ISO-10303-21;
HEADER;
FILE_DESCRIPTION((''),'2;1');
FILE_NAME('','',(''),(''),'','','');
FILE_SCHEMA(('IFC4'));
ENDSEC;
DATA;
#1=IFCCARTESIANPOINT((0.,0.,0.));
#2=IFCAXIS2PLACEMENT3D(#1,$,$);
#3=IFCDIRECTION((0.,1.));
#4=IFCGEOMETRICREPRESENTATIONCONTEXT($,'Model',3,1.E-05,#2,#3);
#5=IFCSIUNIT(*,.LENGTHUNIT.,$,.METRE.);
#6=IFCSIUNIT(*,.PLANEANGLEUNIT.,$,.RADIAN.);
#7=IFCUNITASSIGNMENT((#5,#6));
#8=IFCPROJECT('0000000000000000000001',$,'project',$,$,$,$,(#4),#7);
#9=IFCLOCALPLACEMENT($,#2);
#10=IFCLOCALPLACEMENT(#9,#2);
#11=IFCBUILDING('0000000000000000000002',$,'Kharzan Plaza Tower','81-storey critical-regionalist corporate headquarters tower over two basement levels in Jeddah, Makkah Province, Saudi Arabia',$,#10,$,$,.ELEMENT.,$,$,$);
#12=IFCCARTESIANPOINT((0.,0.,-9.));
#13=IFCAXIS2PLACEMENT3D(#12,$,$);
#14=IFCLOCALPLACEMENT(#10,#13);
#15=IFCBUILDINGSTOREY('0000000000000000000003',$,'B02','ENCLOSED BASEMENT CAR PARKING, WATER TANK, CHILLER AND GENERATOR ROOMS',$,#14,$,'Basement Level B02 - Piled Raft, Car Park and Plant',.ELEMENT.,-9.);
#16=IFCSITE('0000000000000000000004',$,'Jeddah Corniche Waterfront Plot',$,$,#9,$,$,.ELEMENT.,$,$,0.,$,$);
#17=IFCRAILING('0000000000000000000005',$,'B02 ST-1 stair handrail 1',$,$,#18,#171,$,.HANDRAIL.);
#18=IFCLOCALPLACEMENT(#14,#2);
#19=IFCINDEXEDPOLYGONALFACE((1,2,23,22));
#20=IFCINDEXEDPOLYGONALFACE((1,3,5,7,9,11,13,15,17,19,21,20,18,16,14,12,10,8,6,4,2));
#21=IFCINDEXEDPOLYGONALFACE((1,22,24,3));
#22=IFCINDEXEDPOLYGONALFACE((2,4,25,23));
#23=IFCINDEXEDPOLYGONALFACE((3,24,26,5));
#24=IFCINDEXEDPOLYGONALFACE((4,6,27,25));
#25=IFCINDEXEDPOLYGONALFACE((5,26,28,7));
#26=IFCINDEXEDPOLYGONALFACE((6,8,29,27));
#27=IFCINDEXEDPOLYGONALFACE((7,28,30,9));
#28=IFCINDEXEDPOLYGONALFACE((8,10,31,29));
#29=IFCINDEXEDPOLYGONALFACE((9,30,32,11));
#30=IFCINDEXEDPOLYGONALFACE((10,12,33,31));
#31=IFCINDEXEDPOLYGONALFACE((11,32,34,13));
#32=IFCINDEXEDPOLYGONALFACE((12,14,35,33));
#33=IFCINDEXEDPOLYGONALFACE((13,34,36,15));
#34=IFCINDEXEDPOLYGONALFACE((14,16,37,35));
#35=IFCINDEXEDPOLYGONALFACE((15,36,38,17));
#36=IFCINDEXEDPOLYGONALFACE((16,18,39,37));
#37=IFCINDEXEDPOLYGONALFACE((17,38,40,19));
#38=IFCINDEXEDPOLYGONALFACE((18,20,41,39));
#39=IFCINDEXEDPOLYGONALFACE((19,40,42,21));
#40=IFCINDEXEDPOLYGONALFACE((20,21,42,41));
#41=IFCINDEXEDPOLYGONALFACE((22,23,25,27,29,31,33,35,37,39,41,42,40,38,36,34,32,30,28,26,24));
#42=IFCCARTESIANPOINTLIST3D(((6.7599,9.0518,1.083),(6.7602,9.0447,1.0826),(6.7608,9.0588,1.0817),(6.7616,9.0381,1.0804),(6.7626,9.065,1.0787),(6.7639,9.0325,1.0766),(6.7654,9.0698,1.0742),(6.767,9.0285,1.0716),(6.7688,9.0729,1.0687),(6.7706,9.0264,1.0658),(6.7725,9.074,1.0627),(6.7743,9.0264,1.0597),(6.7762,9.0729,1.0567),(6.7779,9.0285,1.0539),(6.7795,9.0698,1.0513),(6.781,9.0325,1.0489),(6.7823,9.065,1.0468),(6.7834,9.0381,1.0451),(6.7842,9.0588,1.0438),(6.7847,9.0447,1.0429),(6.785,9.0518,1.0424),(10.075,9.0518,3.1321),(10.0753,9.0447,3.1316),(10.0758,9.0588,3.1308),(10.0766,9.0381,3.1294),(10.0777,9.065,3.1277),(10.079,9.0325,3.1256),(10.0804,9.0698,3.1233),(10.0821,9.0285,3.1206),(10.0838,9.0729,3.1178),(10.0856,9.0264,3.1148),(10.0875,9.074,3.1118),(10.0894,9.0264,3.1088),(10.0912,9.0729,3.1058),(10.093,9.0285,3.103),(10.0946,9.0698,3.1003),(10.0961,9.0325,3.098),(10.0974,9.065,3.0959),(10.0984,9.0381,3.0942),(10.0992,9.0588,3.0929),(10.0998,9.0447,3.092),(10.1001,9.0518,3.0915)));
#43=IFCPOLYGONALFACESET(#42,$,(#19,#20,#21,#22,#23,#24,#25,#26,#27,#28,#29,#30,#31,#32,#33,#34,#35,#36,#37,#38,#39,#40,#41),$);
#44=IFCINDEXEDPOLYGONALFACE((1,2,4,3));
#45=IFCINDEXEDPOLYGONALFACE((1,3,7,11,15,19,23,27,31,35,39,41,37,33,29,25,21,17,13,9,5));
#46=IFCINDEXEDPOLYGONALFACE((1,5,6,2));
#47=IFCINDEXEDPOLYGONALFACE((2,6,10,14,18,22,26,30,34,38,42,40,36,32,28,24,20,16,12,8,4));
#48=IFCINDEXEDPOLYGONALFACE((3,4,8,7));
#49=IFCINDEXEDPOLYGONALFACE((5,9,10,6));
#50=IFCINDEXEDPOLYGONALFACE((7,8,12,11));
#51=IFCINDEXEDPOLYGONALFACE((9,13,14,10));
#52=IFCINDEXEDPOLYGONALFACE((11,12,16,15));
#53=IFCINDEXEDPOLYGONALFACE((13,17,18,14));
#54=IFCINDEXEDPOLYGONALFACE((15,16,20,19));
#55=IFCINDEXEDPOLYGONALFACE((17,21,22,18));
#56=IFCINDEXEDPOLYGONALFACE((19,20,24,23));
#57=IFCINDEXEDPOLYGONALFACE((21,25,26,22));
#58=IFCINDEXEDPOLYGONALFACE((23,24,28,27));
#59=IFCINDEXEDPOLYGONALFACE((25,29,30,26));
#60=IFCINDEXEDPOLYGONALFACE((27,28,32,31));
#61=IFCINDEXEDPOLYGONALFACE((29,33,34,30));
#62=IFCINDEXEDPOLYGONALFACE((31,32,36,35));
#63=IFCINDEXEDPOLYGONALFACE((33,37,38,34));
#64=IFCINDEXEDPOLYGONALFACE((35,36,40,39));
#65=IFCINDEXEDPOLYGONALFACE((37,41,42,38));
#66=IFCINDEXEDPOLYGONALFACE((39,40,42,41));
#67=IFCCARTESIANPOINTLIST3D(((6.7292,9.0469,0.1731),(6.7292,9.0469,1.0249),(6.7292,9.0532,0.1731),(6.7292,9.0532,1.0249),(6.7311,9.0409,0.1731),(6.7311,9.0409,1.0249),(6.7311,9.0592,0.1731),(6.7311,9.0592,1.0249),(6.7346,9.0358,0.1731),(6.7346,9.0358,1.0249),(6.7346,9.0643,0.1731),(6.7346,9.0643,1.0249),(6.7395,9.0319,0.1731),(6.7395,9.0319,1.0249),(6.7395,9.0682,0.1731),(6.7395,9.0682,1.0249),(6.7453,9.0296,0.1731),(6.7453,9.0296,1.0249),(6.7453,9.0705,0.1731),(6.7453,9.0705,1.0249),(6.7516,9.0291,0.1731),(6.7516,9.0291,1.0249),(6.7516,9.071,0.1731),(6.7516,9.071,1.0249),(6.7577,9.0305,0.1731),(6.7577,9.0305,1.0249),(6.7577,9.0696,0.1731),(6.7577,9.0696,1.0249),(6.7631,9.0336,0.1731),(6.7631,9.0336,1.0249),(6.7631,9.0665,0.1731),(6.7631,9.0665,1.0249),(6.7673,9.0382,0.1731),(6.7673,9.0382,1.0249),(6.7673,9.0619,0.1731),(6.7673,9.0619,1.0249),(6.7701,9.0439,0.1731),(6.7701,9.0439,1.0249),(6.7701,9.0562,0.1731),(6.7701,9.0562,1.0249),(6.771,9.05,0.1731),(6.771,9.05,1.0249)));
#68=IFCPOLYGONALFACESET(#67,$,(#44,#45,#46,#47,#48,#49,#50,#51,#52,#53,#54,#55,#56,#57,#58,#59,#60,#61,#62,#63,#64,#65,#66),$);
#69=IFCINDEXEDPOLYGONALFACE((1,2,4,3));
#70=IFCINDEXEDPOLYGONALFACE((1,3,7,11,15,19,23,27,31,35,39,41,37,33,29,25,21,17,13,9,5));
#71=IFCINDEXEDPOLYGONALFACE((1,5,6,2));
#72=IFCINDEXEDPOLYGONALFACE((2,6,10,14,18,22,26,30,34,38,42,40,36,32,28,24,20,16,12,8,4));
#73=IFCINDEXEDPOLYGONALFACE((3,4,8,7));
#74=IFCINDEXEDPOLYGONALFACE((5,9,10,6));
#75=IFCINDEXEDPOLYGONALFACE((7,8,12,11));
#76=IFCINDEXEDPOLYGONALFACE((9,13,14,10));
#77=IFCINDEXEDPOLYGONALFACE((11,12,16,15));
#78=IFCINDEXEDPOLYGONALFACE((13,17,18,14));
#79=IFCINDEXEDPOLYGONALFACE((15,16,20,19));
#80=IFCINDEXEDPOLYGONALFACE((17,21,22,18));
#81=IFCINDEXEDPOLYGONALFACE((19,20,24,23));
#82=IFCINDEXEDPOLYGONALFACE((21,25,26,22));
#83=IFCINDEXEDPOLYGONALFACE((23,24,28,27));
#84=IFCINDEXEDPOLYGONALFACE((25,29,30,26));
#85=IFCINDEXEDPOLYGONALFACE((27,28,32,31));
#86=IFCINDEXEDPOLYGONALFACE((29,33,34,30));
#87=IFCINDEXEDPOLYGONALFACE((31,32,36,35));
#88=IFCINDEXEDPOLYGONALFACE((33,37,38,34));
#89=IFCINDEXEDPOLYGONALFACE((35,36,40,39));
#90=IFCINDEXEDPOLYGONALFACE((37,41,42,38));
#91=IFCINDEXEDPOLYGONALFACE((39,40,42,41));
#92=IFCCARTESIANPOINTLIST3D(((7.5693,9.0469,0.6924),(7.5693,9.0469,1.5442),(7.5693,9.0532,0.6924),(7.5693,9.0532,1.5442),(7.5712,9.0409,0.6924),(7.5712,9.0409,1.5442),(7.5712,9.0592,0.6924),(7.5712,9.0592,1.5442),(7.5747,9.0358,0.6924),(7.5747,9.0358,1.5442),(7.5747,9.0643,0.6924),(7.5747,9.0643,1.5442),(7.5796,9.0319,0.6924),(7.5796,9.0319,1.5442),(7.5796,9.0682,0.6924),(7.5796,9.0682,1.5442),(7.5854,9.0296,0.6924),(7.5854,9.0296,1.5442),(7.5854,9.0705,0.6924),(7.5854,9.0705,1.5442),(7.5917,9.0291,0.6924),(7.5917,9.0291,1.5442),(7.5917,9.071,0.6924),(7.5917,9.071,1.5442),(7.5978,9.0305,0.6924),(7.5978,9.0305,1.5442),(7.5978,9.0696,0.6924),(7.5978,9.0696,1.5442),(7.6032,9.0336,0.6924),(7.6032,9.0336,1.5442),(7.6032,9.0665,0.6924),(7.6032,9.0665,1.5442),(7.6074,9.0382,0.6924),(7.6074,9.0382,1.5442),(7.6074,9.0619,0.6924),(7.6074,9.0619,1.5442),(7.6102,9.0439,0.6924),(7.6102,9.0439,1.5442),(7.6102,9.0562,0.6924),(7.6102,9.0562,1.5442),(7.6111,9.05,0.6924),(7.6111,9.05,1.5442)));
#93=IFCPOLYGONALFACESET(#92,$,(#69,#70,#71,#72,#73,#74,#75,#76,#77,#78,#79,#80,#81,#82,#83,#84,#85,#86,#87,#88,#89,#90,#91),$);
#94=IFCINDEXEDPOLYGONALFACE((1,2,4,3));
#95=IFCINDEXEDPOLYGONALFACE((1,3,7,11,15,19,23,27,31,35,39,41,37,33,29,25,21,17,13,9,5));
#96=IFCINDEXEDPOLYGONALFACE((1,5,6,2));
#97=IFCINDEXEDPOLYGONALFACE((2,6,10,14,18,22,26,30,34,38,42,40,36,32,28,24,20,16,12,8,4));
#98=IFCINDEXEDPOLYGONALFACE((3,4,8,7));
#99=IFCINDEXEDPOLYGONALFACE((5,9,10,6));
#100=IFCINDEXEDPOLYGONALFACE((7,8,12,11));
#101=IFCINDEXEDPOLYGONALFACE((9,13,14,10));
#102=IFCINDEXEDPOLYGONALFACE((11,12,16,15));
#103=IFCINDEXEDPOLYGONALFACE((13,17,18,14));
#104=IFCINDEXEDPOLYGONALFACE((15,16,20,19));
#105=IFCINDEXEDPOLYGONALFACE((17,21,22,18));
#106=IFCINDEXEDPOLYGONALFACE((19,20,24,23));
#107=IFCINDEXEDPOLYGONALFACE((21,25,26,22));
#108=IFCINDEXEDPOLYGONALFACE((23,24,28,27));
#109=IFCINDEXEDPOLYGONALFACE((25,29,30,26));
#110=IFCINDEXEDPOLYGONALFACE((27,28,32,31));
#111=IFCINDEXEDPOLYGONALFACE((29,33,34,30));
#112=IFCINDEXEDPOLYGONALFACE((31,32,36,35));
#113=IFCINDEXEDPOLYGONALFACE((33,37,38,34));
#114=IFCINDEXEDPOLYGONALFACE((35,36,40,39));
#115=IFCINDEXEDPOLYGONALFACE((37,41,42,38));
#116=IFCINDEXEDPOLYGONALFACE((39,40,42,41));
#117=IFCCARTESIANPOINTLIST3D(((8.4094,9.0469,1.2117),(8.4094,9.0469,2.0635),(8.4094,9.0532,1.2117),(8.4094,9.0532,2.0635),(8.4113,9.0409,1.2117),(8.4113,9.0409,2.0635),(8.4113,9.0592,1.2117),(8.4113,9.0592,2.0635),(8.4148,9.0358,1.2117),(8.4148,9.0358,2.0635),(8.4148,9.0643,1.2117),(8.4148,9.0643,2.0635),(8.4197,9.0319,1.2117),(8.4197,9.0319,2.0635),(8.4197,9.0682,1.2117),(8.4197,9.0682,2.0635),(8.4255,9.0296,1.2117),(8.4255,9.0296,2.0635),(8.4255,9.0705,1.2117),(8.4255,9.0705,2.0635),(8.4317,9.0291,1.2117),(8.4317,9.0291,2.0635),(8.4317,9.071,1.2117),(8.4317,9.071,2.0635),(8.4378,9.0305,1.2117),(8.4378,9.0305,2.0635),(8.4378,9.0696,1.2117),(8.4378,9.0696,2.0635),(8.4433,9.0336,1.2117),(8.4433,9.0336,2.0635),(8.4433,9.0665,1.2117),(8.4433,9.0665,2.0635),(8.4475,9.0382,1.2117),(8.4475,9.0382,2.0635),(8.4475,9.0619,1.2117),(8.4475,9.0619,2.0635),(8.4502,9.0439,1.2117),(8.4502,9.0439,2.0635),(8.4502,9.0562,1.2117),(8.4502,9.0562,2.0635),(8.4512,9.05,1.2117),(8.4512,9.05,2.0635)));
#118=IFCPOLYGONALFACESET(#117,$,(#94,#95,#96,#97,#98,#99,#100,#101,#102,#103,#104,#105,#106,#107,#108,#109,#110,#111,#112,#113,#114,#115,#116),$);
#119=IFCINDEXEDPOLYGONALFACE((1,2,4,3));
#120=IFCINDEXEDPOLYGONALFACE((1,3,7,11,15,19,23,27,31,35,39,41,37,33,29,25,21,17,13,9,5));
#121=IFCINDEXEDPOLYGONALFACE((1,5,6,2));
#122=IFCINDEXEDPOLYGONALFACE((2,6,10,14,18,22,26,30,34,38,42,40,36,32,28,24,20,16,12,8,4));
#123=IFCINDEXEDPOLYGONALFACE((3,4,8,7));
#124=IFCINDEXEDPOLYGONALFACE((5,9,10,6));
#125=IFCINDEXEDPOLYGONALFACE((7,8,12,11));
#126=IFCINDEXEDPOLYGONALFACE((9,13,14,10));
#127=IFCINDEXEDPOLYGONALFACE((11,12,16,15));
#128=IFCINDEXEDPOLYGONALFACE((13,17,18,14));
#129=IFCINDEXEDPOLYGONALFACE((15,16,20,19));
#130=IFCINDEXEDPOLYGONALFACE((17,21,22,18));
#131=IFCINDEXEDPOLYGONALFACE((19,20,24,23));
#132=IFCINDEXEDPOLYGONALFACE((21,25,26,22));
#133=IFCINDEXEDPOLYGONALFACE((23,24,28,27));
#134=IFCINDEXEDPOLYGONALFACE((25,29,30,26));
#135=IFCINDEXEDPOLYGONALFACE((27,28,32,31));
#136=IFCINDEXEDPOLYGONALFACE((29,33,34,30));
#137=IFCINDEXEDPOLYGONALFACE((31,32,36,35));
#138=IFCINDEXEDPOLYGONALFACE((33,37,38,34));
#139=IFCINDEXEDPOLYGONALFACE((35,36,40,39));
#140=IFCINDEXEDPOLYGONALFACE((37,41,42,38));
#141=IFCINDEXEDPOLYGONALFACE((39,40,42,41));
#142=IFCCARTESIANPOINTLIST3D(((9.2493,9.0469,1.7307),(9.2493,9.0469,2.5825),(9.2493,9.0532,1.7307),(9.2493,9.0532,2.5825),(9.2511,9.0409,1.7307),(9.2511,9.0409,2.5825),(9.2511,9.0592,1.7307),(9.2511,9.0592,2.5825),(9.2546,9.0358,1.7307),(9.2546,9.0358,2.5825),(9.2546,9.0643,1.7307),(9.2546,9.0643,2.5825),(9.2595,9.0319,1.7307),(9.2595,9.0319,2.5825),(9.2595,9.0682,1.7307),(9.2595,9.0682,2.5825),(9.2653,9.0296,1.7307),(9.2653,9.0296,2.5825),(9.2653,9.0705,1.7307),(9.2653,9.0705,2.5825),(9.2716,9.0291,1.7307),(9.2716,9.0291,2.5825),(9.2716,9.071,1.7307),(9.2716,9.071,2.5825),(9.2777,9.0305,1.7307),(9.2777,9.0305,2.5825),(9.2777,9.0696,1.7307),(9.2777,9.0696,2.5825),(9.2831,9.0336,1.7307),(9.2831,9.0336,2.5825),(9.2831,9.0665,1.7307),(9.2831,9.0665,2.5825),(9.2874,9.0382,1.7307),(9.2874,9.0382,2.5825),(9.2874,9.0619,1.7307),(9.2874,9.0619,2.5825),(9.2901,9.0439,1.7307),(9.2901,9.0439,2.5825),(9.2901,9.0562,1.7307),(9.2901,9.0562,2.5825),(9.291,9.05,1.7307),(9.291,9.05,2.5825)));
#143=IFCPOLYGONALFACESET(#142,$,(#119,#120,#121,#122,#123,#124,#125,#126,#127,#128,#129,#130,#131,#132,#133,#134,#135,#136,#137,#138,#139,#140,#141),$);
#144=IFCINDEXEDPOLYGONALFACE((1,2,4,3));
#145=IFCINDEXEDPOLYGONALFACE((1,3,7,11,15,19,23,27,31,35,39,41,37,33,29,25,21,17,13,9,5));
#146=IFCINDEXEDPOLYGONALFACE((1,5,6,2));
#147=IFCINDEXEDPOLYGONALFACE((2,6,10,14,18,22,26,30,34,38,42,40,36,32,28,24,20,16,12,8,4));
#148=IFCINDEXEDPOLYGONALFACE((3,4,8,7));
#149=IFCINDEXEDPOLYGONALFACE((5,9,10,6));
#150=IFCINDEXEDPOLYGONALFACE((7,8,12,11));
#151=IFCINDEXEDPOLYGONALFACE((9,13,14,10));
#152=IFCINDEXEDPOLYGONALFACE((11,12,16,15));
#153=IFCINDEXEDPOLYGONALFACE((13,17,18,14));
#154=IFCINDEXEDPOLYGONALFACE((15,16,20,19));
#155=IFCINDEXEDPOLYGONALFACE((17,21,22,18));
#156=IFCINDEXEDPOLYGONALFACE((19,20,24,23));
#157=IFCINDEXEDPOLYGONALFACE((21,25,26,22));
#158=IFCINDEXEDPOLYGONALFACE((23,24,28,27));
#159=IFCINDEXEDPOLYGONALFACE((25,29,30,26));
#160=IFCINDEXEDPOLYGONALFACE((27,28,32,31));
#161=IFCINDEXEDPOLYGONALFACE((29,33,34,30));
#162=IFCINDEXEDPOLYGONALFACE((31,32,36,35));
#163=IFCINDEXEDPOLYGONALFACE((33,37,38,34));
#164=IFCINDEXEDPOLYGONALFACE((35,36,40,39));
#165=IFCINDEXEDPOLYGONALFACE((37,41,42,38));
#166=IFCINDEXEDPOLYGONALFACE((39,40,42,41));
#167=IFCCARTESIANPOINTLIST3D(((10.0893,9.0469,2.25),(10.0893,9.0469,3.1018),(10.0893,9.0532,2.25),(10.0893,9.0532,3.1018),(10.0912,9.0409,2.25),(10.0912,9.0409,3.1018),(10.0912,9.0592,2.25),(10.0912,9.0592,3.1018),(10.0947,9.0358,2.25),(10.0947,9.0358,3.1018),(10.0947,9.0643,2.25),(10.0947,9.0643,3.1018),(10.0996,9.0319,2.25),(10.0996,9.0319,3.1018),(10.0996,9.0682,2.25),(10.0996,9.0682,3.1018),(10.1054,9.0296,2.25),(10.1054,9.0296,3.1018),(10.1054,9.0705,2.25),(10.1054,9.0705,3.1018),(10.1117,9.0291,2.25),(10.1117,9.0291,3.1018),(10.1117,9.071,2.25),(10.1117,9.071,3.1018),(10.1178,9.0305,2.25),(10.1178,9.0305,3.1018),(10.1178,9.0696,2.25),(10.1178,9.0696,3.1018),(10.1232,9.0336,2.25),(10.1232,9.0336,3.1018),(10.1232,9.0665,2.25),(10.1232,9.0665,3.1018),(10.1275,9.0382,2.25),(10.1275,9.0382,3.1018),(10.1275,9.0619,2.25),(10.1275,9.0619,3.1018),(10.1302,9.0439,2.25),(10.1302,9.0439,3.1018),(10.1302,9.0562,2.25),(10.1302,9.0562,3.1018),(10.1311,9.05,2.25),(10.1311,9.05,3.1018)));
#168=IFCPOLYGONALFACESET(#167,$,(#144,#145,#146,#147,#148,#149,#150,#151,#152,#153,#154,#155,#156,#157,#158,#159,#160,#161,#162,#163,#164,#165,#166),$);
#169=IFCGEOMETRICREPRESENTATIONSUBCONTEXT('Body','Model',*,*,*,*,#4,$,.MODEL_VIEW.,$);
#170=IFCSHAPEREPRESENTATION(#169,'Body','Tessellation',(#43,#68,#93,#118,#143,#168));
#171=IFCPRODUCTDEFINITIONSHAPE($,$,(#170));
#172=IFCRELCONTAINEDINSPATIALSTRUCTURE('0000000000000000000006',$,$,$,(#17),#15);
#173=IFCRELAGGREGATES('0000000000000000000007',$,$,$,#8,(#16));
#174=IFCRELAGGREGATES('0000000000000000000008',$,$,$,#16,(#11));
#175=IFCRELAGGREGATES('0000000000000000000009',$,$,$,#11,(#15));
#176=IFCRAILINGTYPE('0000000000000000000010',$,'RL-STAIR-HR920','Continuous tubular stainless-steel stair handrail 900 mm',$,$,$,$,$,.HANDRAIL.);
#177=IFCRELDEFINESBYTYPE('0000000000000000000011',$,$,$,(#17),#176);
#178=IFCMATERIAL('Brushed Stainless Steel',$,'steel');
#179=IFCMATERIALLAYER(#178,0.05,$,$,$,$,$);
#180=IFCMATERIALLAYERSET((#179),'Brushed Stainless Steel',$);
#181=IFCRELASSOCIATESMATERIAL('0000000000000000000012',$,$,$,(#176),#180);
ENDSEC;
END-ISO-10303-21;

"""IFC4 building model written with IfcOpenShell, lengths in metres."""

from ifc_helpers import new_model, si_unit, direction, frame, origin, origin_2d, place, context, subcontext, project, spatial, circle, extrude, source, transform, mapped, material, layer, layer_set, type_object, element, save


model = new_model("IFC4")

# Units and contexts
model_context = context("Model", 3, precision=1e-05, world=origin(), true_north=direction((0.0, 1.0)))
body_context = subcontext(model_context, "Body", "Model", "MODEL_VIEW")
ifc_project = project(units=[si_unit("LENGTHUNIT", "METRE"), si_unit("PLANEANGLEUNIT", "RADIAN")], contexts=[model_context])

# Site, building, storey
site_placement = place(None, origin())
site = spatial("IfcSite", under=ifc_project, at=site_placement, Name="Jeddah Corniche Waterfront Plot", CompositionType="ELEMENT", RefElevation=0.0)
building_placement = place(site_placement, origin())
building = spatial("IfcBuilding", under=site, at=building_placement, Name="Kharzan Plaza Tower", Description="81-storey critical-regionalist corporate headquarters tower over two basement levels in Jeddah, Makkah Province, Saudi Arabia", CompositionType="ELEMENT")
storey_placement = place(building_placement, frame((0.0, 0.0, -9.0)))
storey = spatial("IfcBuildingStorey", under=building, at=storey_placement, Name="B02", Description="ENCLOSED BASEMENT CAR PARKING, WATER TANK, CHILLER AND GENERATOR ROOMS", LongName="Basement Level B02 - Piled Raft, Car Park and Plant", CompositionType="ELEMENT", Elevation=-9.0)

# Railing
ifc_material_1 = material(Name="Brushed Stainless Steel", Category="steel")
ifc_layer_1 = layer(ifc_material_1, 0.05)
ifc_layer_set_1 = layer_set([ifc_layer_1], Name="Brushed Stainless Steel")
railing_type_1 = type_object("IfcRailingType", Name="RL-STAIR-HR920", Description="Continuous tubular stainless-steel stair handrail 900 mm", PredefinedType="HANDRAIL", material=ifc_layer_set_1)
shared_shape_1 = source(origin(), body_context, "Body", "SweptSolid", [
    extrude(circle(Radius=0.0239, at=origin_2d()), frame((0.0225, 0.0, 0.8896), z_axis=(0.850623, 0.0, 0.525776), x_axis=(0.0, 1.0, 0.0)), (0.0, 0.0, 1.0), 3.8972),
    extrude(circle(Radius=0.021, at=origin_2d()), origin(), (0.0, 0.0, 1.0), 0.8518),
    extrude(circle(Radius=0.021, at=origin_2d()), frame((0.8401, 0.0, 0.5193)), (0.0, 0.0, 1.0), 0.8518),
    extrude(circle(Radius=0.021, at=origin_2d()), frame((1.6802, 0.0, 1.0386)), (0.0, 0.0, 1.0), 0.8518),
    extrude(circle(Radius=0.021, at=origin_2d()), frame((2.52, 0.0, 1.5576)), (0.0, 0.0, 1.0), 0.8518),
    extrude(circle(Radius=0.021, at=origin_2d()), frame((3.3601, 0.0, 2.0769)), (0.0, 0.0, 1.0), 0.8518),
])
railing_1_placement = place(storey_placement, frame((6.75, 9.05, 0.1731)))
element("IfcRailing", 1, at=railing_1_placement, inside=storey, type_object=railing_type_1, Name="B02 ST-1 stair handrail 1", PredefinedType="HANDRAIL", context=body_context, shape_type="MappedRepresentation", body=[
    mapped(shared_shape_1, transform((0.0, 0.0, 0.0), x_axis=(1.0, 0.0, 0.0), y_axis=(0.0, 1.0, 0.0), z_axis=(0.0, 0.0, 1.0))),
])

save(model, "model.ifc")
